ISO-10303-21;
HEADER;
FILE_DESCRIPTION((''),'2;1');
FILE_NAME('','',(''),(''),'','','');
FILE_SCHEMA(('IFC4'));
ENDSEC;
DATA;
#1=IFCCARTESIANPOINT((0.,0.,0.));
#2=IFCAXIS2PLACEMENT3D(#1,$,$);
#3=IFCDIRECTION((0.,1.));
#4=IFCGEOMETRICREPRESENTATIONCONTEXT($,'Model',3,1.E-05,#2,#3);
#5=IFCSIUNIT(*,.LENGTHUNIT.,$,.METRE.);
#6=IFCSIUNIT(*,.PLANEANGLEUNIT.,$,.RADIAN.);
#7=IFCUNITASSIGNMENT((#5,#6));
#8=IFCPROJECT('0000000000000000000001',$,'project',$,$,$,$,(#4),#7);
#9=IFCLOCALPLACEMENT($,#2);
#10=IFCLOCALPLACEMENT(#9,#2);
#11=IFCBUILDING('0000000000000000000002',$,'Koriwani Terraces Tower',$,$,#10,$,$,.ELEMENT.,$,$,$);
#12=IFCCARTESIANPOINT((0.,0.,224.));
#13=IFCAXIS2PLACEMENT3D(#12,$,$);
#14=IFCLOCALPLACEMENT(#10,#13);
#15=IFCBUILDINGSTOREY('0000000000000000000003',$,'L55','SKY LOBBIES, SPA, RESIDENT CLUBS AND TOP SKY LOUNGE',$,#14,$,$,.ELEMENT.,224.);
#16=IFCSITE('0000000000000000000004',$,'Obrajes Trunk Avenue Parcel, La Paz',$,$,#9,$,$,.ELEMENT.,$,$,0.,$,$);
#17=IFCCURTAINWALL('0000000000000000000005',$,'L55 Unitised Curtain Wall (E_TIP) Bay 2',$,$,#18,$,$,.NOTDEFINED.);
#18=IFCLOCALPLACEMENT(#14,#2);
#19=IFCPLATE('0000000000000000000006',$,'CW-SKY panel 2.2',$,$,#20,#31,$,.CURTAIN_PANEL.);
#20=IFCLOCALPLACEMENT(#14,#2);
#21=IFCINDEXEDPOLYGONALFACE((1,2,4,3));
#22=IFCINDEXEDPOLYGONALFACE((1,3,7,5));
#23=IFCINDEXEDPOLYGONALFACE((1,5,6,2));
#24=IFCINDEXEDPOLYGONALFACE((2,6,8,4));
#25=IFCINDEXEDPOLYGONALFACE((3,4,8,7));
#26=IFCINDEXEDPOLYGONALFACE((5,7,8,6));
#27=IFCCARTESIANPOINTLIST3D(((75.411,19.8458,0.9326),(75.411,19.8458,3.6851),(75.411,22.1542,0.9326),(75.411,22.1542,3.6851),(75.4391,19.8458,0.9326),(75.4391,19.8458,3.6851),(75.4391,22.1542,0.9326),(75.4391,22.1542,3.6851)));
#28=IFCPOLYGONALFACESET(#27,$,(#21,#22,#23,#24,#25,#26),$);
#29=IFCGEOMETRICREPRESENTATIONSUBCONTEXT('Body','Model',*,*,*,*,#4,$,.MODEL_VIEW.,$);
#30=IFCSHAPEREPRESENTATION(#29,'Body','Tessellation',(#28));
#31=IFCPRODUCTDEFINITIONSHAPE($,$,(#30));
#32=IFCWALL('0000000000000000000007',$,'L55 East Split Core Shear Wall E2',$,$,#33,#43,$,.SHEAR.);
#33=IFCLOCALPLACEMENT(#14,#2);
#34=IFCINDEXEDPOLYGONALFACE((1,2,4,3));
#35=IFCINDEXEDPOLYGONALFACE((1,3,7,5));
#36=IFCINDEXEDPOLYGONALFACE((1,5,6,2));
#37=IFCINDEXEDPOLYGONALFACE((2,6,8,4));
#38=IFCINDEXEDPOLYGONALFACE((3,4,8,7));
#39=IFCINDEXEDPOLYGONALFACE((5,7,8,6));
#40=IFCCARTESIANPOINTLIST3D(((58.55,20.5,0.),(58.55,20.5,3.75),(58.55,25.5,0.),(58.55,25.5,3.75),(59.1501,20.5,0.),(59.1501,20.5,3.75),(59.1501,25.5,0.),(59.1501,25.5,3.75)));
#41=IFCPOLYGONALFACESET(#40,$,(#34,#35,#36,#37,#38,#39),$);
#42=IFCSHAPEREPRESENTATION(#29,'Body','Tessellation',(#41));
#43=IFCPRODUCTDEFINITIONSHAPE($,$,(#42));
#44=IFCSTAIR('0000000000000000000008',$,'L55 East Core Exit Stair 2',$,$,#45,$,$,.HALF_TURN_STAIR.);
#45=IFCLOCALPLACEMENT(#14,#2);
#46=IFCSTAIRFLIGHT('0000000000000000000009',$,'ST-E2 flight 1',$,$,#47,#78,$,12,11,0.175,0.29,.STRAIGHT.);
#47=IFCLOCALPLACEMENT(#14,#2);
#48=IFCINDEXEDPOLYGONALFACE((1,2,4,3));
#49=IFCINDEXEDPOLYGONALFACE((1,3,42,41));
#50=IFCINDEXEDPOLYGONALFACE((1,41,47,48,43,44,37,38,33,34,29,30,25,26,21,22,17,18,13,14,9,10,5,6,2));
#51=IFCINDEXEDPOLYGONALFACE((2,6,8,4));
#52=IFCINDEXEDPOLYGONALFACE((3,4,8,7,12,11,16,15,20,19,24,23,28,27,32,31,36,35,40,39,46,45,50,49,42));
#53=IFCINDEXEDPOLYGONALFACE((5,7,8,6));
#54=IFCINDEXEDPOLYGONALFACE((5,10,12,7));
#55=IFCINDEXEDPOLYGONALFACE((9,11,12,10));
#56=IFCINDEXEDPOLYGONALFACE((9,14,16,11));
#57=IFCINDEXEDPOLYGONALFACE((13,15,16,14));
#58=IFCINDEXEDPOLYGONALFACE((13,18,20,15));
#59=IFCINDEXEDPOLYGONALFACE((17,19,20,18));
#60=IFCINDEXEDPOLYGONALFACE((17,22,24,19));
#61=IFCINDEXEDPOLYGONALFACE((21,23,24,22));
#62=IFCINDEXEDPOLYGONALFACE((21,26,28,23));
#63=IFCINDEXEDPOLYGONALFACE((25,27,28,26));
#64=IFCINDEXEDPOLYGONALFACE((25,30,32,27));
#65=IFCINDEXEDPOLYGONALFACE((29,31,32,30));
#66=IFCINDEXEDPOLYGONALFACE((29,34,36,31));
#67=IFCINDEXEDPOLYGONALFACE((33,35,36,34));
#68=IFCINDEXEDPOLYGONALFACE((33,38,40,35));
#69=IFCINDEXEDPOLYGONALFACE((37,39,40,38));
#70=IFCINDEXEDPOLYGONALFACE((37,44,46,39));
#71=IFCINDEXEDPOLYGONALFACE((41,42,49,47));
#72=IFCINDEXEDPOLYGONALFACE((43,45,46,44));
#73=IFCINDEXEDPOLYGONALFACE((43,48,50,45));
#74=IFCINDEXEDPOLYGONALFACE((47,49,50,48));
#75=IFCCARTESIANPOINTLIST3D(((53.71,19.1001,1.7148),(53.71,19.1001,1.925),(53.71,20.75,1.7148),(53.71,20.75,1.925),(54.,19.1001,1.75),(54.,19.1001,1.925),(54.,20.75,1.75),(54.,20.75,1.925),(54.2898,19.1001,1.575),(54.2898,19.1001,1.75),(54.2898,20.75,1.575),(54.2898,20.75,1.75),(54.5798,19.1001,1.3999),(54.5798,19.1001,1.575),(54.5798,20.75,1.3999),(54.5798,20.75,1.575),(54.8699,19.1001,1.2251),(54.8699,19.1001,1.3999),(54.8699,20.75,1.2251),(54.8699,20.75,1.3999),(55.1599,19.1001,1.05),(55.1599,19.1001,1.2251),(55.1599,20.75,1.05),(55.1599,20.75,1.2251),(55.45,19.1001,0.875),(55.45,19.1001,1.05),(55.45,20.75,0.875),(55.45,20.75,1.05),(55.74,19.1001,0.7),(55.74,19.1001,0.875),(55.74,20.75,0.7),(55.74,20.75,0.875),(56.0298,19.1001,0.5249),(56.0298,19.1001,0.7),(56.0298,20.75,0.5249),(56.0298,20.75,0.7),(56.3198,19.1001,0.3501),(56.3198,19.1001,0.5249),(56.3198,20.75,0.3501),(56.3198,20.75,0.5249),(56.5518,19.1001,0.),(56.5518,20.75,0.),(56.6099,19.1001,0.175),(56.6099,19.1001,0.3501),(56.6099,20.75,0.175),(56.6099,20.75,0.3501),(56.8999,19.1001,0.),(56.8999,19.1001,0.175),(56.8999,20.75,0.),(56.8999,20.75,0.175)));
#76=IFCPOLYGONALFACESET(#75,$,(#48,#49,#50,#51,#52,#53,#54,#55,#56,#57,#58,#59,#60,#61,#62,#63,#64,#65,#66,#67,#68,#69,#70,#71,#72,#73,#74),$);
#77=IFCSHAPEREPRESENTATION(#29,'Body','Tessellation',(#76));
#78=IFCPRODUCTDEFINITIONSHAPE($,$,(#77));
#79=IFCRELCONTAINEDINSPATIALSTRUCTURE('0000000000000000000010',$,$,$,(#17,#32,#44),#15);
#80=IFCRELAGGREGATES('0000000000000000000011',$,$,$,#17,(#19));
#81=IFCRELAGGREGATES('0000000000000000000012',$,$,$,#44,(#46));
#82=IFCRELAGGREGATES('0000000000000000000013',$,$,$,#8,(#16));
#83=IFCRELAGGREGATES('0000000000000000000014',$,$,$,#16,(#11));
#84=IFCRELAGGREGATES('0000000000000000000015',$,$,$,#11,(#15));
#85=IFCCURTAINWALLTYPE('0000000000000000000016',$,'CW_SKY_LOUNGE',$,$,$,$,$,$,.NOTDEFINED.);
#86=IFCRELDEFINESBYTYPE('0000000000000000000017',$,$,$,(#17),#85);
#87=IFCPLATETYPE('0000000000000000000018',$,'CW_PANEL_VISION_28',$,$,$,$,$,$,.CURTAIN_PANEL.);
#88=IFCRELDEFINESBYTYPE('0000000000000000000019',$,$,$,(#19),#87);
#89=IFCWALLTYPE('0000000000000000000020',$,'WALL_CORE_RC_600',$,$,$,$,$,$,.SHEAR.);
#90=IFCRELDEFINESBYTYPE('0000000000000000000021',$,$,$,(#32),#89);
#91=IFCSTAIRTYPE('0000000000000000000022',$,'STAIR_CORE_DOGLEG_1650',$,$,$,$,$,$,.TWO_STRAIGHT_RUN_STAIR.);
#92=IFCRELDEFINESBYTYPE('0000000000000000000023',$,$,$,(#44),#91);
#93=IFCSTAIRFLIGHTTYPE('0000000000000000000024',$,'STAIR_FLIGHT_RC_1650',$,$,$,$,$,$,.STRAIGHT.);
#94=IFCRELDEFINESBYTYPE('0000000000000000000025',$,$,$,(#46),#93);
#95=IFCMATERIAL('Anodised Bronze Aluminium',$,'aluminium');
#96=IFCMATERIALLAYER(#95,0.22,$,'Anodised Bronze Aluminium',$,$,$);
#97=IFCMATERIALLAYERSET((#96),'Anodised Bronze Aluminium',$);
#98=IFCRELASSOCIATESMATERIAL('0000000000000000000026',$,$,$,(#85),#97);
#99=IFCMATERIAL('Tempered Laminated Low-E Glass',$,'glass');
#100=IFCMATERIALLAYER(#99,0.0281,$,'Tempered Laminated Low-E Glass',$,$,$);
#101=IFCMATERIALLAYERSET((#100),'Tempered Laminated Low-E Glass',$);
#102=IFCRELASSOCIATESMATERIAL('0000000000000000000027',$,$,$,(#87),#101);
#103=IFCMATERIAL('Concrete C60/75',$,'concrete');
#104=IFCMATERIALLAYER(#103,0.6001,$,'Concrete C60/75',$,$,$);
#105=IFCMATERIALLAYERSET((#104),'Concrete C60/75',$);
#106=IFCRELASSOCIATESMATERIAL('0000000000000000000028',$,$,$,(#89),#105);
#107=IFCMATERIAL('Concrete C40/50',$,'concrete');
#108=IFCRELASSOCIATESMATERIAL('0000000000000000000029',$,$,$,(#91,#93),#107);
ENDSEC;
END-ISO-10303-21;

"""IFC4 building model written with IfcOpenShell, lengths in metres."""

from ifc_helpers import new_model, si_unit, direction, frame, frame_2d, origin, origin_2d, place, context, subcontext, project, spatial, polyline, rectangle, outline, extrude, material, layer, layer_set, type_object, element, aggregate, save


model = new_model("IFC4")

# Units and contexts
model_context = context("Model", 3, precision=1e-05, world=origin(), true_north=direction((0.0, 1.0)))
body_context = subcontext(model_context, "Body", "Model", "MODEL_VIEW")
ifc_project = project(units=[si_unit("LENGTHUNIT", "METRE"), si_unit("PLANEANGLEUNIT", "RADIAN")], contexts=[model_context])

# Site, building, storey
site_placement = place(None, origin())
site = spatial("IfcSite", under=ifc_project, at=site_placement, Name="Obrajes Trunk Avenue Parcel, La Paz", CompositionType="ELEMENT", RefElevation=0.0)
building_placement = place(site_placement, origin())
building = spatial("IfcBuilding", under=site, at=building_placement, Name="Koriwani Terraces Tower", CompositionType="ELEMENT")
storey_placement = place(building_placement, frame((0.0, 0.0, 224.0)))
storey = spatial("IfcBuildingStorey", under=building, at=storey_placement, Name="L55", Description="SKY LOBBIES, SPA, RESIDENT CLUBS AND TOP SKY LOUNGE", CompositionType="ELEMENT", Elevation=224.0)

# Shared definitions
ifc_material_1 = material(Name="Anodised Bronze Aluminium", Category="aluminium")
ifc_layer_1 = layer(ifc_material_1, 0.22, Name="Anodised Bronze Aluminium")
ifc_layer_set_1 = layer_set([ifc_layer_1], Name="Anodised Bronze Aluminium")
curtain_wall_type = type_object("IfcCurtainWallType", Name="CW_SKY_LOUNGE", PredefinedType="NOTDEFINED", material=ifc_layer_set_1)

# Curtain wall
curtain_wall_1_placement = place(storey_placement, origin())
curtain_wall_1 = element("IfcCurtainWall", 1, at=curtain_wall_1_placement, inside=storey, type_object=curtain_wall_type, Name="L55 Unitised Curtain Wall (E_TIP) Bay 2", PredefinedType="NOTDEFINED")

# Plate
ifc_material_2 = material(Name="Tempered Laminated Low-E Glass", Category="glass")
ifc_layer_2 = layer(ifc_material_2, 0.0281, Name="Tempered Laminated Low-E Glass")
ifc_layer_set_2 = layer_set([ifc_layer_2], Name="Tempered Laminated Low-E Glass")
plate_type = type_object("IfcPlateType", Name="CW_PANEL_VISION_28", PredefinedType="CURTAIN_PANEL", material=ifc_layer_set_2)
plate_1_placement = place(storey_placement, frame((75.425, 21.0, 0.9326), z_axis=(0.0, 0.0, 1.0), x_axis=(0.0, -1.0, 0.0)))
plate_1 = element("IfcPlate", 2, at=plate_1_placement, type_object=plate_type, Name="CW-SKY panel 2.2", PredefinedType="CURTAIN_PANEL", context=body_context, shape_type="SweptSolid", body=[
    extrude(rectangle(XDim=2.3083, YDim=0.0281, at=origin_2d()), origin(), (0.0, 0.0, 1.0), 2.7524),
])
aggregate(curtain_wall_1, [plate_1])

# Wall
ifc_material_3 = material(Name="Concrete C60/75", Category="concrete")
ifc_layer_3 = layer(ifc_material_3, 0.6001, Name="Concrete C60/75")
ifc_layer_set_3 = layer_set([ifc_layer_3], Name="Concrete C60/75")
wall_type_1 = type_object("IfcWallType", Name="WALL_CORE_RC_600", PredefinedType="SHEAR", material=ifc_layer_set_3)
wall_1_placement = place(storey_placement, frame((58.8501, 20.5, 0.0), z_axis=(0.0, 0.0, 1.0), x_axis=(0.0, 1.0, 0.0)))
element("IfcWall", 3, at=wall_1_placement, inside=storey, type_object=wall_type_1, Name="L55 East Split Core Shear Wall E2", PredefinedType="SHEAR", context=body_context, shape_type="SweptSolid", body=[
    extrude(rectangle(XDim=5.0, YDim=0.6001, at=frame_2d((2.5, 0.0))), origin(), (0.0, 0.0, 1.0), 3.75),
])

# Shared definitions
ifc_material_4 = material(Name="Concrete C40/50", Category="concrete")

# Stair, stair flight
stair_type = type_object("IfcStairType", Name="STAIR_CORE_DOGLEG_1650", PredefinedType="TWO_STRAIGHT_RUN_STAIR", material=ifc_material_4)
stair_placement = place(storey_placement, origin())
stair = element("IfcStair", 4, at=stair_placement, inside=storey, type_object=stair_type, Name="L55 East Core Exit Stair 2", PredefinedType="HALF_TURN_STAIR")
stair_flight_type = type_object("IfcStairFlightType", Name="STAIR_FLIGHT_RC_1650", PredefinedType="STRAIGHT", material=ifc_material_4)
stair_flight_placement = place(storey_placement, frame((56.8999, 19.925, 0.0), z_axis=(0.0, 0.0, 1.0), x_axis=(-1.0, 0.0, 0.0)))
stair_flight = element("IfcStairFlight", 5, at=stair_flight_placement, type_object=stair_flight_type, Name="ST-E2 flight 1", NumberOfRisers=12, NumberOfTreads=11, PredefinedType="STRAIGHT", RiserHeight=0.175, TreadLength=0.29, context=body_context, shape_type="SweptSolid", body=[
    extrude(outline(polyline([(0.0, 0.0), (0.0, 0.175), (0.29, 0.175), (0.29, 0.3501), (0.5801, 0.3501), (0.5801, 0.5249), (0.8701, 0.5249), (0.8701, 0.7), (1.1599, 0.7), (1.1599, 0.875), (1.45, 0.875), (1.45, 1.05), (1.74, 1.05), (1.74, 1.2251), (2.03, 1.2251), (2.03, 1.3999), (2.3201, 1.3999), (2.3201, 1.575), (2.6101, 1.575), (2.6101, 1.75), (2.8999, 1.75), (2.8999, 1.925), (3.1899, 1.925), (3.1899, 2.1001), (3.1899, 1.7148), (0.3481, 0.0), (0.0, 0.0)])), frame((0.0, 0.825, 0.0), z_axis=(0.0, -1.0, 0.0), x_axis=(1.0, 0.0, 0.0)), (0.0, 0.0, 1.0), 1.6499),
])
aggregate(stair, [stair_flight])

save(model, "model.ifc")
